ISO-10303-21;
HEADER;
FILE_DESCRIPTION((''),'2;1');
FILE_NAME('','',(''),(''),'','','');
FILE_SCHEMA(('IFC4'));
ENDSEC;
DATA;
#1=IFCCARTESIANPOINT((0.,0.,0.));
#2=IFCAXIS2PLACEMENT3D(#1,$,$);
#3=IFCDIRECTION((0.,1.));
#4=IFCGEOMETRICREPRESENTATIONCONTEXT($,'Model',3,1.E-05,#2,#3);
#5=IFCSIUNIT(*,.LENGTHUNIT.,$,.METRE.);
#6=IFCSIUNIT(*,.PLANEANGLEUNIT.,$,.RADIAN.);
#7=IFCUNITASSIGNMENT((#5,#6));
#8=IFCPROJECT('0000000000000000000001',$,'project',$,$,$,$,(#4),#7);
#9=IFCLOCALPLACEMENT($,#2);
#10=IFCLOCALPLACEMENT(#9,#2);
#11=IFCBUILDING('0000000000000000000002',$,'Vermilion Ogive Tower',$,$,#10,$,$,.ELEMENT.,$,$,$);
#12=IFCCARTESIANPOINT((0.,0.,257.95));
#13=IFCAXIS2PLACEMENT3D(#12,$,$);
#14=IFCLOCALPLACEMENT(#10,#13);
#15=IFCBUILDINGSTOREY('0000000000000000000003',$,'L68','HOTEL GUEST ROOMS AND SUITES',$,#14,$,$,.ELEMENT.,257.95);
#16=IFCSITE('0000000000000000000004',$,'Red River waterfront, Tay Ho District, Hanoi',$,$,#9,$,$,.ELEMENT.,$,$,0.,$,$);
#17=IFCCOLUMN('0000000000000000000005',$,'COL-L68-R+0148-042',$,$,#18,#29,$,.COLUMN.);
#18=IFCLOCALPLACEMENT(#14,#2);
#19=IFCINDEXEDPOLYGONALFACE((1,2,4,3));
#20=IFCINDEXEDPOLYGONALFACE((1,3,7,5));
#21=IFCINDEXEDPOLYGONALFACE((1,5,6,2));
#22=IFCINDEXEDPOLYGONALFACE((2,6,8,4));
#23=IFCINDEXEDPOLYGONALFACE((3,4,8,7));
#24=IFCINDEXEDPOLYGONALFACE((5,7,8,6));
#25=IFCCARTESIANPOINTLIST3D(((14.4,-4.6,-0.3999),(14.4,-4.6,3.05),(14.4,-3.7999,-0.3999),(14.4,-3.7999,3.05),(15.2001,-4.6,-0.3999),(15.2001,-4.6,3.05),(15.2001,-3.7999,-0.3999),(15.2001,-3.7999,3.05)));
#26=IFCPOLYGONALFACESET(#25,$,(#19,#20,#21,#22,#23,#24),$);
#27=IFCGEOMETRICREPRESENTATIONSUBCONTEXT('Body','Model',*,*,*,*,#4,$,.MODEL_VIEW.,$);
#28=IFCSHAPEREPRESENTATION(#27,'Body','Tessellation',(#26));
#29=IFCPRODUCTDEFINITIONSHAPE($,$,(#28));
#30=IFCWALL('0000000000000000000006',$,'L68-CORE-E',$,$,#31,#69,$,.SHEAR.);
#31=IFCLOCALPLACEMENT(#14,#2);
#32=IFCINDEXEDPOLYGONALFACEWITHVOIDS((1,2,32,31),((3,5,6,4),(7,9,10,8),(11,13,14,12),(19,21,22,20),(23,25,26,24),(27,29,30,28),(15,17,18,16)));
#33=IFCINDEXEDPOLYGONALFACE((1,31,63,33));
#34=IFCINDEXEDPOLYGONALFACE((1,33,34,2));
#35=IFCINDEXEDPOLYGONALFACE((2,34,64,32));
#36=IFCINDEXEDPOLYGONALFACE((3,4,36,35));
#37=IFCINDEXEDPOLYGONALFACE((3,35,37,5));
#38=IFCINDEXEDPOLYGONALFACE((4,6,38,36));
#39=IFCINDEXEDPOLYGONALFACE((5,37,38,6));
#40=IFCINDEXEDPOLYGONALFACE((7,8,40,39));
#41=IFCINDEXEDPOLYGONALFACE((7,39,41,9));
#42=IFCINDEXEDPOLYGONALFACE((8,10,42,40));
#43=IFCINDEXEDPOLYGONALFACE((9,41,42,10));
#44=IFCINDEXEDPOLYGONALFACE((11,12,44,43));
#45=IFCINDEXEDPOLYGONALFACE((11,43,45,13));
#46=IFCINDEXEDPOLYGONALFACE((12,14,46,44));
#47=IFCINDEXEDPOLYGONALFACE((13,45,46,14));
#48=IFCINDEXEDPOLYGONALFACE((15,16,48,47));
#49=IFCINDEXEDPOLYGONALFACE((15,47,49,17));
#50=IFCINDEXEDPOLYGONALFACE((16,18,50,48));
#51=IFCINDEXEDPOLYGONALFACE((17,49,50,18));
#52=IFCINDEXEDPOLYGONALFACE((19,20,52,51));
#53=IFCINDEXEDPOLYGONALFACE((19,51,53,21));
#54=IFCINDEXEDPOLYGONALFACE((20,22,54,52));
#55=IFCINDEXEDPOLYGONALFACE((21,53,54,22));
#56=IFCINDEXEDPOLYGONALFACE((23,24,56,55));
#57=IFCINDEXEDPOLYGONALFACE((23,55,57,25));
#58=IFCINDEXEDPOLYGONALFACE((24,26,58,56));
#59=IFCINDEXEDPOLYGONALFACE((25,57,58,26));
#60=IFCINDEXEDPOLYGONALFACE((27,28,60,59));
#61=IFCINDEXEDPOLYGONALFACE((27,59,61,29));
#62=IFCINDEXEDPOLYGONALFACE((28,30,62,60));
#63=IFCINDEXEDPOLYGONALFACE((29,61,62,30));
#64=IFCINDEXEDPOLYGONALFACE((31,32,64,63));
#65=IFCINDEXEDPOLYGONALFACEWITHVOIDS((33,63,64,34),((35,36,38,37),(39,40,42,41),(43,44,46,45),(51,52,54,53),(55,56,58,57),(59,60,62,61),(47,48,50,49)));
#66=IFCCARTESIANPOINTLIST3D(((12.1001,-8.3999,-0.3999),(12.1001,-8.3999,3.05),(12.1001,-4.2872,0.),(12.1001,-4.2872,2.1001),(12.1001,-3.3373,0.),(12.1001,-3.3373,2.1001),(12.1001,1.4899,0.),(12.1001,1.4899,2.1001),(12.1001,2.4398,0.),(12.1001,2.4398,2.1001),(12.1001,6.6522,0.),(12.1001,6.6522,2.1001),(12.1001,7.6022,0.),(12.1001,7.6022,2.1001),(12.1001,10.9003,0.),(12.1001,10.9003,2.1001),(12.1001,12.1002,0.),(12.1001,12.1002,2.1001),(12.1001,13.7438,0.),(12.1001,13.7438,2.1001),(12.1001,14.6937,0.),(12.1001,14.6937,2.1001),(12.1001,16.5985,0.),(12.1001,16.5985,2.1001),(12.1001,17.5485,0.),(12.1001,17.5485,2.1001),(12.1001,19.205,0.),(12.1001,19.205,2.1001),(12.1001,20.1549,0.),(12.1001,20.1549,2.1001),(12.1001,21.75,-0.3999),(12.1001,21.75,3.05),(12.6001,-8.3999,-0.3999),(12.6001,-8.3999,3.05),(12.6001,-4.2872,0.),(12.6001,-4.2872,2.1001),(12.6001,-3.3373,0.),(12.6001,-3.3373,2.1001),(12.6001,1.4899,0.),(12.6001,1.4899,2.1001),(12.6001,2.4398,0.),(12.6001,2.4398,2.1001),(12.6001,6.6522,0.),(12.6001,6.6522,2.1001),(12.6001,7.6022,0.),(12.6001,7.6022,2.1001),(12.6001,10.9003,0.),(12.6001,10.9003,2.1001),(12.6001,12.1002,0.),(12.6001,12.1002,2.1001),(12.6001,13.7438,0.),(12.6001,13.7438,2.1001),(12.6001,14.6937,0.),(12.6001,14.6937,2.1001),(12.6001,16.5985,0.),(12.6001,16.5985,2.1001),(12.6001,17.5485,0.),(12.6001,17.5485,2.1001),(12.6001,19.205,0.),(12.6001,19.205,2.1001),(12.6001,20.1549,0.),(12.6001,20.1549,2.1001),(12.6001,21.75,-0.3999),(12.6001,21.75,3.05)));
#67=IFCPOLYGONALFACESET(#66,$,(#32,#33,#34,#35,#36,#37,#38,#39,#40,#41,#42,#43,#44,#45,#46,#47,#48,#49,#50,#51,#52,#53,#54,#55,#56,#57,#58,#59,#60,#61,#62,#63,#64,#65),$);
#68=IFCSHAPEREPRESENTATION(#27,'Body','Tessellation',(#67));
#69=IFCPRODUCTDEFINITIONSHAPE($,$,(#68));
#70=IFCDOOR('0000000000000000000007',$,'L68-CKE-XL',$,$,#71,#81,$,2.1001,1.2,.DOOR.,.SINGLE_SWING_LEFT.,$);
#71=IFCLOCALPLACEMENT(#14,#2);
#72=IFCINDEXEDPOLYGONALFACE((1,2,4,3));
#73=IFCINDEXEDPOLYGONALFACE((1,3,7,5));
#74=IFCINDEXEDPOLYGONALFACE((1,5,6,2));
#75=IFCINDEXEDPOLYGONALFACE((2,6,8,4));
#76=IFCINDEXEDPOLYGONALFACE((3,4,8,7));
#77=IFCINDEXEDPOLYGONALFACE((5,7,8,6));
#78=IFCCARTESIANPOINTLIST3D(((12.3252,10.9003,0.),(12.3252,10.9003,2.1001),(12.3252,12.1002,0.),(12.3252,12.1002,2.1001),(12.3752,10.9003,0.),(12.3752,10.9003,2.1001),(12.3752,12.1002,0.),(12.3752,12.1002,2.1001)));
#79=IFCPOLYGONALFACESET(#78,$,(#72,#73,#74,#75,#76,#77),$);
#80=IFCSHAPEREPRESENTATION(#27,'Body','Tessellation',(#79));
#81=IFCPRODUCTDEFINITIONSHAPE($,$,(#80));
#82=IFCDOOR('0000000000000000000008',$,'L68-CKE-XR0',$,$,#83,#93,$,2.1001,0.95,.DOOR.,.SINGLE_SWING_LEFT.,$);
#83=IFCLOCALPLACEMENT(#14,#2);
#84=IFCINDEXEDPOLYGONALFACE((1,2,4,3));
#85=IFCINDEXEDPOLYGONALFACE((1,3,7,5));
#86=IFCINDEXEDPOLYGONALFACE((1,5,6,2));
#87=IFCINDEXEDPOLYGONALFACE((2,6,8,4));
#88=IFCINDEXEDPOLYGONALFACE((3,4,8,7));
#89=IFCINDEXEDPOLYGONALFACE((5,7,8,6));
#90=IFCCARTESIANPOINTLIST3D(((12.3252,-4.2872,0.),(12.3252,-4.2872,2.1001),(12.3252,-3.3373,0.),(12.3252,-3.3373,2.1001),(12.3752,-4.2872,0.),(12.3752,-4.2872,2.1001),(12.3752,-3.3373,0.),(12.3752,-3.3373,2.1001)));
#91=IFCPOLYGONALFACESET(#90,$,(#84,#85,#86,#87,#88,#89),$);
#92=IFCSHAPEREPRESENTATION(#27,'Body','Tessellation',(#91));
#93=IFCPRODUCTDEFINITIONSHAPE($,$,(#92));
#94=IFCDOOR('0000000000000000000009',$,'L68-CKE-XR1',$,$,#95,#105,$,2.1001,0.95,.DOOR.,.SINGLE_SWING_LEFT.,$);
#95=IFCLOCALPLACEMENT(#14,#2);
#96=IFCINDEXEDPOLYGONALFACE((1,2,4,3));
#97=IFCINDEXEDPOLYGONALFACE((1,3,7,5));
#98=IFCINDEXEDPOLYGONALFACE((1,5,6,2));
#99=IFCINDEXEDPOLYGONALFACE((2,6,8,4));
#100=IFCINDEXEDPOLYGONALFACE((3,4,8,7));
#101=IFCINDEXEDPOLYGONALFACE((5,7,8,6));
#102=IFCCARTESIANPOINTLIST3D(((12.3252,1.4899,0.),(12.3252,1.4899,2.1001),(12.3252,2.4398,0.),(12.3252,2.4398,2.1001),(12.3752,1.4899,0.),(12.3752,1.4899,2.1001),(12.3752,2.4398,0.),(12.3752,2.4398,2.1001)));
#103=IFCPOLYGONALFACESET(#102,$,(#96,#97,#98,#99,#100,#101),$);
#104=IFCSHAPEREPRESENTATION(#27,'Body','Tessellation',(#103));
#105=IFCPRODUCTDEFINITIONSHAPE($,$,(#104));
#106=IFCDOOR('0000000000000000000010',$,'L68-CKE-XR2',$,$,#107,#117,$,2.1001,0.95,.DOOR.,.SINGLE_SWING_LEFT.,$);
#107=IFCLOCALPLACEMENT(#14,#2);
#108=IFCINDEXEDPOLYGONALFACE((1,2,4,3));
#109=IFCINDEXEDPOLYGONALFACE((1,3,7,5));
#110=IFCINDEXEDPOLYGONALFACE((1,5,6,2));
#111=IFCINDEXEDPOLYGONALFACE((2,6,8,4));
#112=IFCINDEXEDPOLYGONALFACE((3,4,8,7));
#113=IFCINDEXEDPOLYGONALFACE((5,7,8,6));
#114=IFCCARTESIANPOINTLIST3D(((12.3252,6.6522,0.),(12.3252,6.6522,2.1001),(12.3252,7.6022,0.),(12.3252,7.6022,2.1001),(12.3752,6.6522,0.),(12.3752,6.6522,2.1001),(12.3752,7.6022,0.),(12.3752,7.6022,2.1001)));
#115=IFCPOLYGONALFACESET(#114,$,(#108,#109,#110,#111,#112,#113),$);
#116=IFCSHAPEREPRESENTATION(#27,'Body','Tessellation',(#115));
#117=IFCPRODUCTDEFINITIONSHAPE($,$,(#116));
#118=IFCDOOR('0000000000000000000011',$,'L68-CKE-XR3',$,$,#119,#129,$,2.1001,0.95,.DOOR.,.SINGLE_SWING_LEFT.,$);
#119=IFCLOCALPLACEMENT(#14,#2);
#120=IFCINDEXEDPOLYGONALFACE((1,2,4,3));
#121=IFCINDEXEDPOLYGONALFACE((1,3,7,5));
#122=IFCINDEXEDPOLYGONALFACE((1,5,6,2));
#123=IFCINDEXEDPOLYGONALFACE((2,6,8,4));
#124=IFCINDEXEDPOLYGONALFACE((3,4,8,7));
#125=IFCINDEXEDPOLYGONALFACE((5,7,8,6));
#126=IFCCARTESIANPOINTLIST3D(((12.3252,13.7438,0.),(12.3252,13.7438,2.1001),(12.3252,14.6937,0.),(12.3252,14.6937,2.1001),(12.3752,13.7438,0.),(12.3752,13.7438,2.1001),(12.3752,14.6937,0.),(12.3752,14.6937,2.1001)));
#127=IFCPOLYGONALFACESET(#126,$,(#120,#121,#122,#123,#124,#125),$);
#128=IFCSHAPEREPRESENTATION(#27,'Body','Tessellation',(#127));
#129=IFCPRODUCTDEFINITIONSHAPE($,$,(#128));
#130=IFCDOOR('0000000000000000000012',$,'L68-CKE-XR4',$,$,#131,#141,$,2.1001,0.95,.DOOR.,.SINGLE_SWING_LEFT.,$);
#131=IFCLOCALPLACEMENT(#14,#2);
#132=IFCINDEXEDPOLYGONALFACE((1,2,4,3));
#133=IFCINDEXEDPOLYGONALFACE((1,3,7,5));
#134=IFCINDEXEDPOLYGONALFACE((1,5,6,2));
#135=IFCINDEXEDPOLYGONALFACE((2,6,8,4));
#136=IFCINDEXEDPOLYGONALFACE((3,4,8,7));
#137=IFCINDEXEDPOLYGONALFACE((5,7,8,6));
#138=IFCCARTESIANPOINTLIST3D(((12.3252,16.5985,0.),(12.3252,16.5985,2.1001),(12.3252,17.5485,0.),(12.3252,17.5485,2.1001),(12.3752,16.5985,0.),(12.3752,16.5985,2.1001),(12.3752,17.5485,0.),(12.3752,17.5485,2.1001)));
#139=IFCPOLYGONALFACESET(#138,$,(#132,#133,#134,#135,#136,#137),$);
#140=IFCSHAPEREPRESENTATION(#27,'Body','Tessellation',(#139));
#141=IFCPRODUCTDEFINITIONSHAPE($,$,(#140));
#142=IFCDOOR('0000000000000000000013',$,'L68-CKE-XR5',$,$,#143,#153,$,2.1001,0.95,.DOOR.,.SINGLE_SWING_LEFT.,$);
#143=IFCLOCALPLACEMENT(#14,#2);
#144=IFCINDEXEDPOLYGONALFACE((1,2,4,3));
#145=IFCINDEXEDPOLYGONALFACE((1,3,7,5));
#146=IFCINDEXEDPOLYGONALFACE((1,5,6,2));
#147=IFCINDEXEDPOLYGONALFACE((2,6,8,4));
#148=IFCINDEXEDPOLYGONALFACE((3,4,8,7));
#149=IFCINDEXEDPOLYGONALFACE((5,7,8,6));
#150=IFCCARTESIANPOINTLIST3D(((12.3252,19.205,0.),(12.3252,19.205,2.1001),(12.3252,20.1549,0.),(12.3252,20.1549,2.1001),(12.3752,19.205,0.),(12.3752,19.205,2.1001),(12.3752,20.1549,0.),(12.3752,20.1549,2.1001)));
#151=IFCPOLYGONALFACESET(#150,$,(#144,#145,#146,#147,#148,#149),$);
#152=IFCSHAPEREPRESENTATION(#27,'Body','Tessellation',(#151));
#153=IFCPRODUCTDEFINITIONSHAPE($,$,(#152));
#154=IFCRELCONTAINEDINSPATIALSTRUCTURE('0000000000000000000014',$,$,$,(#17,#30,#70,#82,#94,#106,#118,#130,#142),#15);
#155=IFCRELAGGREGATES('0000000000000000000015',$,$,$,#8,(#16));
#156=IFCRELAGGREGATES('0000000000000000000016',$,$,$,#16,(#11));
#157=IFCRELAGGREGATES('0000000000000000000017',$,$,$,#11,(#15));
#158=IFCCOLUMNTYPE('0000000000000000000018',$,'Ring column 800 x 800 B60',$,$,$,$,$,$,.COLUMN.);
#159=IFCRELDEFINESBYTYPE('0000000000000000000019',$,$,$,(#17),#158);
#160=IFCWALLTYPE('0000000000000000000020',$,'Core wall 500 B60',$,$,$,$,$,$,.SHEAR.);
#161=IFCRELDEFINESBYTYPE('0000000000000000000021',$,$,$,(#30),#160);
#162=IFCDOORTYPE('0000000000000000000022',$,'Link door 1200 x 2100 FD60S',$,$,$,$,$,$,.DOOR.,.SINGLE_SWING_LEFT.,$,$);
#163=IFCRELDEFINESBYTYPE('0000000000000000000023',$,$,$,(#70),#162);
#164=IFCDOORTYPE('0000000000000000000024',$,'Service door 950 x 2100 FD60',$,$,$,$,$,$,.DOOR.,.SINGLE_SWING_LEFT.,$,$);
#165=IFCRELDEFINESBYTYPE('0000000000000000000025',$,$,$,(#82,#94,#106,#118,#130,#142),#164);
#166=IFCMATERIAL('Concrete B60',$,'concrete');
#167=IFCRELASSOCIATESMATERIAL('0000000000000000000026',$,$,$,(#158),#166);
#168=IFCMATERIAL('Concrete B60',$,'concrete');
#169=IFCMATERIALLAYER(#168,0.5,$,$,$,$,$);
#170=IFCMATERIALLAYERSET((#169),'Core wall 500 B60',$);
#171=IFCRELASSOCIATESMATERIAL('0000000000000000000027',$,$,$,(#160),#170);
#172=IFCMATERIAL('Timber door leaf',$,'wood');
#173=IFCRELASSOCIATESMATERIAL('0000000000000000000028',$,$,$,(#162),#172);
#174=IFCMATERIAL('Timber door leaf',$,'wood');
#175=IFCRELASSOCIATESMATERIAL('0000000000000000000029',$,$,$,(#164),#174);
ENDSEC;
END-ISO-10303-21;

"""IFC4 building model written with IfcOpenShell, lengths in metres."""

from ifc_helpers import new_model, si_unit, direction, frame, frame_2d, origin, origin_2d, place, context, subcontext, project, spatial, rectangle, extrude, material, layer, layer_set, material_profile, profile_set, type_object, element, fill, save


model = new_model("IFC4")

# Units and contexts
model_context = context("Model", 3, precision=1e-05, world=origin(), true_north=direction((0.0, 1.0)))
body_context = subcontext(model_context, "Body", "Model", "MODEL_VIEW")
ifc_project = project(units=[si_unit("LENGTHUNIT", "METRE"), si_unit("PLANEANGLEUNIT", "RADIAN")], contexts=[model_context])

# Site, building, storey
site_placement = place(None, origin())
site = spatial("IfcSite", under=ifc_project, at=site_placement, Name="Red River waterfront, Tay Ho District, Hanoi", CompositionType="ELEMENT", RefElevation=0.0)
building_placement = place(site_placement, origin())
building = spatial("IfcBuilding", under=site, at=building_placement, Name="Vermilion Ogive Tower", CompositionType="ELEMENT")
storey_placement = place(building_placement, frame((0.0, 0.0, 257.95)))
storey = spatial("IfcBuildingStorey", under=building, at=storey_placement, Name="L68", Description="HOTEL GUEST ROOMS AND SUITES", CompositionType="ELEMENT", Elevation=257.95)

# Column
ifc_material_1 = material(Name="Concrete B60", Category="concrete")
ifc_material_profile = material_profile(ifc_material_1, rectangle(XDim=0.8, YDim=0.8, at=origin_2d()), Name="800 x 800")
ifc_profile_set = profile_set([ifc_material_profile], Name="Concrete B60")
column_type = type_object("IfcColumnType", Name="Ring column 800 x 800 B60", PredefinedType="COLUMN", material=ifc_profile_set)
column_placement = place(storey_placement, frame((14.8, -4.2, -0.3999), z_axis=(0.0, 0.0, 1.0), x_axis=(1.0, 0.0, 0.0)))
element("IfcColumn", 1, at=column_placement, inside=storey, type_object=column_type, Name="COL-L68-R+0148-042", PredefinedType="COLUMN", context=body_context, shape_type="SweptSolid", body=[
    extrude(rectangle(XDim=0.8, YDim=0.8, at=origin_2d()), origin(), (0.0, 0.0, 1.0), 3.45),
])

# Wall, openings, doors
ifc_material_2 = material(Name="Concrete B60", Category="concrete")
ifc_layer_1 = layer(ifc_material_2, 0.5)
ifc_layer_set_1 = layer_set([ifc_layer_1], Name="Core wall 500 B60")
wall_type_1 = type_object("IfcWallType", Name="Core wall 500 B60", PredefinedType="SHEAR", material=ifc_layer_set_1)
wall_1_placement = place(storey_placement, frame((12.3501, -8.3999, -0.3999), z_axis=(0.0, 0.0, 1.0), x_axis=(0.0, 1.0, 0.0)))
wall_1 = element("IfcWall", 2, at=wall_1_placement, inside=storey, type_object=wall_type_1, Name="L68-CORE-E", PredefinedType="SHEAR", context=body_context, shape_type="SweptSolid", body=[
    extrude(rectangle(XDim=30.1499, YDim=0.5, at=frame_2d((15.075, 0.0))), origin(), (0.0, 0.0, 1.0), 3.45),
])
opening_1_placement = place(wall_1_placement, frame((4.1125, 0.0, 0.3999)))
opening_1 = element("IfcOpeningElement", 3, at=opening_1_placement, cuts=wall_1, PredefinedType="OPENING", context=body_context, shape_type="SweptSolid", body=[
    extrude(rectangle(XDim=0.95, YDim=2.1001, at=frame_2d((0.4751, 1.05))), frame((0.0, 0.26, 0.0), z_axis=(0.0, -1.0, 0.0), x_axis=(1.0, 0.0, 0.0)), (0.0, 0.0, 1.0), 0.52),
])
opening_2_placement = place(wall_1_placement, frame((9.8896, 0.0, 0.3999)))
opening_2 = element("IfcOpeningElement", 4, at=opening_2_placement, cuts=wall_1, PredefinedType="OPENING", context=body_context, shape_type="SweptSolid", body=[
    extrude(rectangle(XDim=0.95, YDim=2.1001, at=frame_2d((0.4751, 1.05))), frame((0.0, 0.26, 0.0), z_axis=(0.0, -1.0, 0.0), x_axis=(1.0, 0.0, 0.0)), (0.0, 0.0, 1.0), 0.52),
])
opening_3_placement = place(wall_1_placement, frame((15.052, 0.0, 0.3999)))
opening_3 = element("IfcOpeningElement", 5, at=opening_3_placement, cuts=wall_1, PredefinedType="OPENING", context=body_context, shape_type="SweptSolid", body=[
    extrude(rectangle(XDim=0.95, YDim=2.1001, at=frame_2d((0.4751, 1.05))), frame((0.0, 0.26, 0.0), z_axis=(0.0, -1.0, 0.0), x_axis=(1.0, 0.0, 0.0)), (0.0, 0.0, 1.0), 0.52),
])
opening_4_placement = place(wall_1_placement, frame((22.1436, 0.0, 0.3999)))
opening_4 = element("IfcOpeningElement", 6, at=opening_4_placement, cuts=wall_1, PredefinedType="OPENING", context=body_context, shape_type="SweptSolid", body=[
    extrude(rectangle(XDim=0.95, YDim=2.1001, at=frame_2d((0.4751, 1.05))), frame((0.0, 0.26, 0.0), z_axis=(0.0, -1.0, 0.0), x_axis=(1.0, 0.0, 0.0)), (0.0, 0.0, 1.0), 0.52),
])
opening_5_placement = place(wall_1_placement, frame((24.9983, 0.0, 0.3999)))
opening_5 = element("IfcOpeningElement", 7, at=opening_5_placement, cuts=wall_1, PredefinedType="OPENING", context=body_context, shape_type="SweptSolid", body=[
    extrude(rectangle(XDim=0.95, YDim=2.1001, at=frame_2d((0.4751, 1.05))), frame((0.0, 0.26, 0.0), z_axis=(0.0, -1.0, 0.0), x_axis=(1.0, 0.0, 0.0)), (0.0, 0.0, 1.0), 0.52),
])
opening_6_placement = place(wall_1_placement, frame((27.6047, 0.0, 0.3999)))
opening_6 = element("IfcOpeningElement", 8, at=opening_6_placement, cuts=wall_1, PredefinedType="OPENING", context=body_context, shape_type="SweptSolid", body=[
    extrude(rectangle(XDim=0.95, YDim=2.1001, at=frame_2d((0.4751, 1.05))), frame((0.0, 0.26, 0.0), z_axis=(0.0, -1.0, 0.0), x_axis=(1.0, 0.0, 0.0)), (0.0, 0.0, 1.0), 0.52),
])
opening_7_placement = place(wall_1_placement, frame((19.3, 0.0, 0.3999)))
opening_7 = element("IfcOpeningElement", 9, at=opening_7_placement, cuts=wall_1, PredefinedType="OPENING", context=body_context, shape_type="SweptSolid", body=[
    extrude(rectangle(XDim=1.2, YDim=2.1001, at=frame_2d((0.6001, 1.05))), frame((0.0, 0.26, 0.0), z_axis=(0.0, -1.0, 0.0), x_axis=(1.0, 0.0, 0.0)), (0.0, 0.0, 1.0), 0.52),
])
ifc_material_3 = material(Name="Timber door leaf", Category="wood")
door_type_1 = type_object("IfcDoorType", Name="Link door 1200 x 2100 FD60S", OperationType="SINGLE_SWING_LEFT", PredefinedType="DOOR", material=ifc_material_3)
door_1_placement = place(opening_7_placement, origin())
door_1 = element("IfcDoor", 10, at=door_1_placement, inside=storey, type_object=door_type_1, Name="L68-CKE-XL", OperationType="SINGLE_SWING_LEFT", OverallHeight=2.1001, OverallWidth=1.2, PredefinedType="DOOR", context=body_context, shape_type="SweptSolid", body=[
    extrude(rectangle(XDim=1.2, YDim=2.1001, at=frame_2d((0.6001, 1.05))), frame((0.0, 0.0249, 0.0), z_axis=(0.0, -1.0, 0.0), x_axis=(1.0, 0.0, 0.0)), (0.0, 0.0, 1.0), 0.05),
])
fill(opening_7, door_1)
ifc_material_4 = material(Name="Timber door leaf", Category="wood")
door_type_2 = type_object("IfcDoorType", Name="Service door 950 x 2100 FD60", OperationType="SINGLE_SWING_LEFT", PredefinedType="DOOR", material=ifc_material_4)
door_2_placement = place(opening_1_placement, origin())
door_2 = element("IfcDoor", 11, at=door_2_placement, inside=storey, type_object=door_type_2, Name="L68-CKE-XR0", OperationType="SINGLE_SWING_LEFT", OverallHeight=2.1001, OverallWidth=0.95, PredefinedType="DOOR", context=body_context, shape_type="SweptSolid", body=[
    extrude(rectangle(XDim=0.95, YDim=2.1001, at=frame_2d((0.4751, 1.05))), frame((0.0, 0.0249, 0.0), z_axis=(0.0, -1.0, 0.0), x_axis=(1.0, 0.0, 0.0)), (0.0, 0.0, 1.0), 0.05),
])
fill(opening_1, door_2)
door_3_placement = place(opening_2_placement, origin())
door_3 = element("IfcDoor", 12, at=door_3_placement, inside=storey, type_object=door_type_2, Name="L68-CKE-XR1", OperationType="SINGLE_SWING_LEFT", OverallHeight=2.1001, OverallWidth=0.95, PredefinedType="DOOR", context=body_context, shape_type="SweptSolid", body=[
    extrude(rectangle(XDim=0.95, YDim=2.1001, at=frame_2d((0.4751, 1.05))), frame((0.0, 0.0249, 0.0), z_axis=(0.0, -1.0, 0.0), x_axis=(1.0, 0.0, 0.0)), (0.0, 0.0, 1.0), 0.05),
])
fill(opening_2, door_3)
door_4_placement = place(opening_3_placement, origin())
door_4 = element("IfcDoor", 13, at=door_4_placement, inside=storey, type_object=door_type_2, Name="L68-CKE-XR2", OperationType="SINGLE_SWING_LEFT", OverallHeight=2.1001, OverallWidth=0.95, PredefinedType="DOOR", context=body_context, shape_type="SweptSolid", body=[
    extrude(rectangle(XDim=0.95, YDim=2.1001, at=frame_2d((0.4751, 1.05))), frame((0.0, 0.0249, 0.0), z_axis=(0.0, -1.0, 0.0), x_axis=(1.0, 0.0, 0.0)), (0.0, 0.0, 1.0), 0.05),
])
fill(opening_3, door_4)
door_5_placement = place(opening_4_placement, origin())
door_5 = element("IfcDoor", 14, at=door_5_placement, inside=storey, type_object=door_type_2, Name="L68-CKE-XR3", OperationType="SINGLE_SWING_LEFT", OverallHeight=2.1001, OverallWidth=0.95, PredefinedType="DOOR", context=body_context, shape_type="SweptSolid", body=[
    extrude(rectangle(XDim=0.95, YDim=2.1001, at=frame_2d((0.4751, 1.05))), frame((0.0, 0.0249, 0.0), z_axis=(0.0, -1.0, 0.0), x_axis=(1.0, 0.0, 0.0)), (0.0, 0.0, 1.0), 0.05),
])
fill(opening_4, door_5)
door_6_placement = place(opening_5_placement, origin())
door_6 = element("IfcDoor", 15, at=door_6_placement, inside=storey, type_object=door_type_2, Name="L68-CKE-XR4", OperationType="SINGLE_SWING_LEFT", OverallHeight=2.1001, OverallWidth=0.95, PredefinedType="DOOR", context=body_context, shape_type="SweptSolid", body=[
    extrude(rectangle(XDim=0.95, YDim=2.1001, at=frame_2d((0.4751, 1.05))), frame((0.0, 0.0249, 0.0), z_axis=(0.0, -1.0, 0.0), x_axis=(1.0, 0.0, 0.0)), (0.0, 0.0, 1.0), 0.05),
])
fill(opening_5, door_6)
door_7_placement = place(opening_6_placement, origin())
door_7 = element("IfcDoor", 16, at=door_7_placement, inside=storey, type_object=door_type_2, Name="L68-CKE-XR5", OperationType="SINGLE_SWING_LEFT", OverallHeight=2.1001, OverallWidth=0.95, PredefinedType="DOOR", context=body_context, shape_type="SweptSolid", body=[
    extrude(rectangle(XDim=0.95, YDim=2.1001, at=frame_2d((0.4751, 1.05))), frame((0.0, 0.0249, 0.0), z_axis=(0.0, -1.0, 0.0), x_axis=(1.0, 0.0, 0.0)), (0.0, 0.0, 1.0), 0.05),
])
fill(opening_6, door_7)

save(model, "model.ifc")
